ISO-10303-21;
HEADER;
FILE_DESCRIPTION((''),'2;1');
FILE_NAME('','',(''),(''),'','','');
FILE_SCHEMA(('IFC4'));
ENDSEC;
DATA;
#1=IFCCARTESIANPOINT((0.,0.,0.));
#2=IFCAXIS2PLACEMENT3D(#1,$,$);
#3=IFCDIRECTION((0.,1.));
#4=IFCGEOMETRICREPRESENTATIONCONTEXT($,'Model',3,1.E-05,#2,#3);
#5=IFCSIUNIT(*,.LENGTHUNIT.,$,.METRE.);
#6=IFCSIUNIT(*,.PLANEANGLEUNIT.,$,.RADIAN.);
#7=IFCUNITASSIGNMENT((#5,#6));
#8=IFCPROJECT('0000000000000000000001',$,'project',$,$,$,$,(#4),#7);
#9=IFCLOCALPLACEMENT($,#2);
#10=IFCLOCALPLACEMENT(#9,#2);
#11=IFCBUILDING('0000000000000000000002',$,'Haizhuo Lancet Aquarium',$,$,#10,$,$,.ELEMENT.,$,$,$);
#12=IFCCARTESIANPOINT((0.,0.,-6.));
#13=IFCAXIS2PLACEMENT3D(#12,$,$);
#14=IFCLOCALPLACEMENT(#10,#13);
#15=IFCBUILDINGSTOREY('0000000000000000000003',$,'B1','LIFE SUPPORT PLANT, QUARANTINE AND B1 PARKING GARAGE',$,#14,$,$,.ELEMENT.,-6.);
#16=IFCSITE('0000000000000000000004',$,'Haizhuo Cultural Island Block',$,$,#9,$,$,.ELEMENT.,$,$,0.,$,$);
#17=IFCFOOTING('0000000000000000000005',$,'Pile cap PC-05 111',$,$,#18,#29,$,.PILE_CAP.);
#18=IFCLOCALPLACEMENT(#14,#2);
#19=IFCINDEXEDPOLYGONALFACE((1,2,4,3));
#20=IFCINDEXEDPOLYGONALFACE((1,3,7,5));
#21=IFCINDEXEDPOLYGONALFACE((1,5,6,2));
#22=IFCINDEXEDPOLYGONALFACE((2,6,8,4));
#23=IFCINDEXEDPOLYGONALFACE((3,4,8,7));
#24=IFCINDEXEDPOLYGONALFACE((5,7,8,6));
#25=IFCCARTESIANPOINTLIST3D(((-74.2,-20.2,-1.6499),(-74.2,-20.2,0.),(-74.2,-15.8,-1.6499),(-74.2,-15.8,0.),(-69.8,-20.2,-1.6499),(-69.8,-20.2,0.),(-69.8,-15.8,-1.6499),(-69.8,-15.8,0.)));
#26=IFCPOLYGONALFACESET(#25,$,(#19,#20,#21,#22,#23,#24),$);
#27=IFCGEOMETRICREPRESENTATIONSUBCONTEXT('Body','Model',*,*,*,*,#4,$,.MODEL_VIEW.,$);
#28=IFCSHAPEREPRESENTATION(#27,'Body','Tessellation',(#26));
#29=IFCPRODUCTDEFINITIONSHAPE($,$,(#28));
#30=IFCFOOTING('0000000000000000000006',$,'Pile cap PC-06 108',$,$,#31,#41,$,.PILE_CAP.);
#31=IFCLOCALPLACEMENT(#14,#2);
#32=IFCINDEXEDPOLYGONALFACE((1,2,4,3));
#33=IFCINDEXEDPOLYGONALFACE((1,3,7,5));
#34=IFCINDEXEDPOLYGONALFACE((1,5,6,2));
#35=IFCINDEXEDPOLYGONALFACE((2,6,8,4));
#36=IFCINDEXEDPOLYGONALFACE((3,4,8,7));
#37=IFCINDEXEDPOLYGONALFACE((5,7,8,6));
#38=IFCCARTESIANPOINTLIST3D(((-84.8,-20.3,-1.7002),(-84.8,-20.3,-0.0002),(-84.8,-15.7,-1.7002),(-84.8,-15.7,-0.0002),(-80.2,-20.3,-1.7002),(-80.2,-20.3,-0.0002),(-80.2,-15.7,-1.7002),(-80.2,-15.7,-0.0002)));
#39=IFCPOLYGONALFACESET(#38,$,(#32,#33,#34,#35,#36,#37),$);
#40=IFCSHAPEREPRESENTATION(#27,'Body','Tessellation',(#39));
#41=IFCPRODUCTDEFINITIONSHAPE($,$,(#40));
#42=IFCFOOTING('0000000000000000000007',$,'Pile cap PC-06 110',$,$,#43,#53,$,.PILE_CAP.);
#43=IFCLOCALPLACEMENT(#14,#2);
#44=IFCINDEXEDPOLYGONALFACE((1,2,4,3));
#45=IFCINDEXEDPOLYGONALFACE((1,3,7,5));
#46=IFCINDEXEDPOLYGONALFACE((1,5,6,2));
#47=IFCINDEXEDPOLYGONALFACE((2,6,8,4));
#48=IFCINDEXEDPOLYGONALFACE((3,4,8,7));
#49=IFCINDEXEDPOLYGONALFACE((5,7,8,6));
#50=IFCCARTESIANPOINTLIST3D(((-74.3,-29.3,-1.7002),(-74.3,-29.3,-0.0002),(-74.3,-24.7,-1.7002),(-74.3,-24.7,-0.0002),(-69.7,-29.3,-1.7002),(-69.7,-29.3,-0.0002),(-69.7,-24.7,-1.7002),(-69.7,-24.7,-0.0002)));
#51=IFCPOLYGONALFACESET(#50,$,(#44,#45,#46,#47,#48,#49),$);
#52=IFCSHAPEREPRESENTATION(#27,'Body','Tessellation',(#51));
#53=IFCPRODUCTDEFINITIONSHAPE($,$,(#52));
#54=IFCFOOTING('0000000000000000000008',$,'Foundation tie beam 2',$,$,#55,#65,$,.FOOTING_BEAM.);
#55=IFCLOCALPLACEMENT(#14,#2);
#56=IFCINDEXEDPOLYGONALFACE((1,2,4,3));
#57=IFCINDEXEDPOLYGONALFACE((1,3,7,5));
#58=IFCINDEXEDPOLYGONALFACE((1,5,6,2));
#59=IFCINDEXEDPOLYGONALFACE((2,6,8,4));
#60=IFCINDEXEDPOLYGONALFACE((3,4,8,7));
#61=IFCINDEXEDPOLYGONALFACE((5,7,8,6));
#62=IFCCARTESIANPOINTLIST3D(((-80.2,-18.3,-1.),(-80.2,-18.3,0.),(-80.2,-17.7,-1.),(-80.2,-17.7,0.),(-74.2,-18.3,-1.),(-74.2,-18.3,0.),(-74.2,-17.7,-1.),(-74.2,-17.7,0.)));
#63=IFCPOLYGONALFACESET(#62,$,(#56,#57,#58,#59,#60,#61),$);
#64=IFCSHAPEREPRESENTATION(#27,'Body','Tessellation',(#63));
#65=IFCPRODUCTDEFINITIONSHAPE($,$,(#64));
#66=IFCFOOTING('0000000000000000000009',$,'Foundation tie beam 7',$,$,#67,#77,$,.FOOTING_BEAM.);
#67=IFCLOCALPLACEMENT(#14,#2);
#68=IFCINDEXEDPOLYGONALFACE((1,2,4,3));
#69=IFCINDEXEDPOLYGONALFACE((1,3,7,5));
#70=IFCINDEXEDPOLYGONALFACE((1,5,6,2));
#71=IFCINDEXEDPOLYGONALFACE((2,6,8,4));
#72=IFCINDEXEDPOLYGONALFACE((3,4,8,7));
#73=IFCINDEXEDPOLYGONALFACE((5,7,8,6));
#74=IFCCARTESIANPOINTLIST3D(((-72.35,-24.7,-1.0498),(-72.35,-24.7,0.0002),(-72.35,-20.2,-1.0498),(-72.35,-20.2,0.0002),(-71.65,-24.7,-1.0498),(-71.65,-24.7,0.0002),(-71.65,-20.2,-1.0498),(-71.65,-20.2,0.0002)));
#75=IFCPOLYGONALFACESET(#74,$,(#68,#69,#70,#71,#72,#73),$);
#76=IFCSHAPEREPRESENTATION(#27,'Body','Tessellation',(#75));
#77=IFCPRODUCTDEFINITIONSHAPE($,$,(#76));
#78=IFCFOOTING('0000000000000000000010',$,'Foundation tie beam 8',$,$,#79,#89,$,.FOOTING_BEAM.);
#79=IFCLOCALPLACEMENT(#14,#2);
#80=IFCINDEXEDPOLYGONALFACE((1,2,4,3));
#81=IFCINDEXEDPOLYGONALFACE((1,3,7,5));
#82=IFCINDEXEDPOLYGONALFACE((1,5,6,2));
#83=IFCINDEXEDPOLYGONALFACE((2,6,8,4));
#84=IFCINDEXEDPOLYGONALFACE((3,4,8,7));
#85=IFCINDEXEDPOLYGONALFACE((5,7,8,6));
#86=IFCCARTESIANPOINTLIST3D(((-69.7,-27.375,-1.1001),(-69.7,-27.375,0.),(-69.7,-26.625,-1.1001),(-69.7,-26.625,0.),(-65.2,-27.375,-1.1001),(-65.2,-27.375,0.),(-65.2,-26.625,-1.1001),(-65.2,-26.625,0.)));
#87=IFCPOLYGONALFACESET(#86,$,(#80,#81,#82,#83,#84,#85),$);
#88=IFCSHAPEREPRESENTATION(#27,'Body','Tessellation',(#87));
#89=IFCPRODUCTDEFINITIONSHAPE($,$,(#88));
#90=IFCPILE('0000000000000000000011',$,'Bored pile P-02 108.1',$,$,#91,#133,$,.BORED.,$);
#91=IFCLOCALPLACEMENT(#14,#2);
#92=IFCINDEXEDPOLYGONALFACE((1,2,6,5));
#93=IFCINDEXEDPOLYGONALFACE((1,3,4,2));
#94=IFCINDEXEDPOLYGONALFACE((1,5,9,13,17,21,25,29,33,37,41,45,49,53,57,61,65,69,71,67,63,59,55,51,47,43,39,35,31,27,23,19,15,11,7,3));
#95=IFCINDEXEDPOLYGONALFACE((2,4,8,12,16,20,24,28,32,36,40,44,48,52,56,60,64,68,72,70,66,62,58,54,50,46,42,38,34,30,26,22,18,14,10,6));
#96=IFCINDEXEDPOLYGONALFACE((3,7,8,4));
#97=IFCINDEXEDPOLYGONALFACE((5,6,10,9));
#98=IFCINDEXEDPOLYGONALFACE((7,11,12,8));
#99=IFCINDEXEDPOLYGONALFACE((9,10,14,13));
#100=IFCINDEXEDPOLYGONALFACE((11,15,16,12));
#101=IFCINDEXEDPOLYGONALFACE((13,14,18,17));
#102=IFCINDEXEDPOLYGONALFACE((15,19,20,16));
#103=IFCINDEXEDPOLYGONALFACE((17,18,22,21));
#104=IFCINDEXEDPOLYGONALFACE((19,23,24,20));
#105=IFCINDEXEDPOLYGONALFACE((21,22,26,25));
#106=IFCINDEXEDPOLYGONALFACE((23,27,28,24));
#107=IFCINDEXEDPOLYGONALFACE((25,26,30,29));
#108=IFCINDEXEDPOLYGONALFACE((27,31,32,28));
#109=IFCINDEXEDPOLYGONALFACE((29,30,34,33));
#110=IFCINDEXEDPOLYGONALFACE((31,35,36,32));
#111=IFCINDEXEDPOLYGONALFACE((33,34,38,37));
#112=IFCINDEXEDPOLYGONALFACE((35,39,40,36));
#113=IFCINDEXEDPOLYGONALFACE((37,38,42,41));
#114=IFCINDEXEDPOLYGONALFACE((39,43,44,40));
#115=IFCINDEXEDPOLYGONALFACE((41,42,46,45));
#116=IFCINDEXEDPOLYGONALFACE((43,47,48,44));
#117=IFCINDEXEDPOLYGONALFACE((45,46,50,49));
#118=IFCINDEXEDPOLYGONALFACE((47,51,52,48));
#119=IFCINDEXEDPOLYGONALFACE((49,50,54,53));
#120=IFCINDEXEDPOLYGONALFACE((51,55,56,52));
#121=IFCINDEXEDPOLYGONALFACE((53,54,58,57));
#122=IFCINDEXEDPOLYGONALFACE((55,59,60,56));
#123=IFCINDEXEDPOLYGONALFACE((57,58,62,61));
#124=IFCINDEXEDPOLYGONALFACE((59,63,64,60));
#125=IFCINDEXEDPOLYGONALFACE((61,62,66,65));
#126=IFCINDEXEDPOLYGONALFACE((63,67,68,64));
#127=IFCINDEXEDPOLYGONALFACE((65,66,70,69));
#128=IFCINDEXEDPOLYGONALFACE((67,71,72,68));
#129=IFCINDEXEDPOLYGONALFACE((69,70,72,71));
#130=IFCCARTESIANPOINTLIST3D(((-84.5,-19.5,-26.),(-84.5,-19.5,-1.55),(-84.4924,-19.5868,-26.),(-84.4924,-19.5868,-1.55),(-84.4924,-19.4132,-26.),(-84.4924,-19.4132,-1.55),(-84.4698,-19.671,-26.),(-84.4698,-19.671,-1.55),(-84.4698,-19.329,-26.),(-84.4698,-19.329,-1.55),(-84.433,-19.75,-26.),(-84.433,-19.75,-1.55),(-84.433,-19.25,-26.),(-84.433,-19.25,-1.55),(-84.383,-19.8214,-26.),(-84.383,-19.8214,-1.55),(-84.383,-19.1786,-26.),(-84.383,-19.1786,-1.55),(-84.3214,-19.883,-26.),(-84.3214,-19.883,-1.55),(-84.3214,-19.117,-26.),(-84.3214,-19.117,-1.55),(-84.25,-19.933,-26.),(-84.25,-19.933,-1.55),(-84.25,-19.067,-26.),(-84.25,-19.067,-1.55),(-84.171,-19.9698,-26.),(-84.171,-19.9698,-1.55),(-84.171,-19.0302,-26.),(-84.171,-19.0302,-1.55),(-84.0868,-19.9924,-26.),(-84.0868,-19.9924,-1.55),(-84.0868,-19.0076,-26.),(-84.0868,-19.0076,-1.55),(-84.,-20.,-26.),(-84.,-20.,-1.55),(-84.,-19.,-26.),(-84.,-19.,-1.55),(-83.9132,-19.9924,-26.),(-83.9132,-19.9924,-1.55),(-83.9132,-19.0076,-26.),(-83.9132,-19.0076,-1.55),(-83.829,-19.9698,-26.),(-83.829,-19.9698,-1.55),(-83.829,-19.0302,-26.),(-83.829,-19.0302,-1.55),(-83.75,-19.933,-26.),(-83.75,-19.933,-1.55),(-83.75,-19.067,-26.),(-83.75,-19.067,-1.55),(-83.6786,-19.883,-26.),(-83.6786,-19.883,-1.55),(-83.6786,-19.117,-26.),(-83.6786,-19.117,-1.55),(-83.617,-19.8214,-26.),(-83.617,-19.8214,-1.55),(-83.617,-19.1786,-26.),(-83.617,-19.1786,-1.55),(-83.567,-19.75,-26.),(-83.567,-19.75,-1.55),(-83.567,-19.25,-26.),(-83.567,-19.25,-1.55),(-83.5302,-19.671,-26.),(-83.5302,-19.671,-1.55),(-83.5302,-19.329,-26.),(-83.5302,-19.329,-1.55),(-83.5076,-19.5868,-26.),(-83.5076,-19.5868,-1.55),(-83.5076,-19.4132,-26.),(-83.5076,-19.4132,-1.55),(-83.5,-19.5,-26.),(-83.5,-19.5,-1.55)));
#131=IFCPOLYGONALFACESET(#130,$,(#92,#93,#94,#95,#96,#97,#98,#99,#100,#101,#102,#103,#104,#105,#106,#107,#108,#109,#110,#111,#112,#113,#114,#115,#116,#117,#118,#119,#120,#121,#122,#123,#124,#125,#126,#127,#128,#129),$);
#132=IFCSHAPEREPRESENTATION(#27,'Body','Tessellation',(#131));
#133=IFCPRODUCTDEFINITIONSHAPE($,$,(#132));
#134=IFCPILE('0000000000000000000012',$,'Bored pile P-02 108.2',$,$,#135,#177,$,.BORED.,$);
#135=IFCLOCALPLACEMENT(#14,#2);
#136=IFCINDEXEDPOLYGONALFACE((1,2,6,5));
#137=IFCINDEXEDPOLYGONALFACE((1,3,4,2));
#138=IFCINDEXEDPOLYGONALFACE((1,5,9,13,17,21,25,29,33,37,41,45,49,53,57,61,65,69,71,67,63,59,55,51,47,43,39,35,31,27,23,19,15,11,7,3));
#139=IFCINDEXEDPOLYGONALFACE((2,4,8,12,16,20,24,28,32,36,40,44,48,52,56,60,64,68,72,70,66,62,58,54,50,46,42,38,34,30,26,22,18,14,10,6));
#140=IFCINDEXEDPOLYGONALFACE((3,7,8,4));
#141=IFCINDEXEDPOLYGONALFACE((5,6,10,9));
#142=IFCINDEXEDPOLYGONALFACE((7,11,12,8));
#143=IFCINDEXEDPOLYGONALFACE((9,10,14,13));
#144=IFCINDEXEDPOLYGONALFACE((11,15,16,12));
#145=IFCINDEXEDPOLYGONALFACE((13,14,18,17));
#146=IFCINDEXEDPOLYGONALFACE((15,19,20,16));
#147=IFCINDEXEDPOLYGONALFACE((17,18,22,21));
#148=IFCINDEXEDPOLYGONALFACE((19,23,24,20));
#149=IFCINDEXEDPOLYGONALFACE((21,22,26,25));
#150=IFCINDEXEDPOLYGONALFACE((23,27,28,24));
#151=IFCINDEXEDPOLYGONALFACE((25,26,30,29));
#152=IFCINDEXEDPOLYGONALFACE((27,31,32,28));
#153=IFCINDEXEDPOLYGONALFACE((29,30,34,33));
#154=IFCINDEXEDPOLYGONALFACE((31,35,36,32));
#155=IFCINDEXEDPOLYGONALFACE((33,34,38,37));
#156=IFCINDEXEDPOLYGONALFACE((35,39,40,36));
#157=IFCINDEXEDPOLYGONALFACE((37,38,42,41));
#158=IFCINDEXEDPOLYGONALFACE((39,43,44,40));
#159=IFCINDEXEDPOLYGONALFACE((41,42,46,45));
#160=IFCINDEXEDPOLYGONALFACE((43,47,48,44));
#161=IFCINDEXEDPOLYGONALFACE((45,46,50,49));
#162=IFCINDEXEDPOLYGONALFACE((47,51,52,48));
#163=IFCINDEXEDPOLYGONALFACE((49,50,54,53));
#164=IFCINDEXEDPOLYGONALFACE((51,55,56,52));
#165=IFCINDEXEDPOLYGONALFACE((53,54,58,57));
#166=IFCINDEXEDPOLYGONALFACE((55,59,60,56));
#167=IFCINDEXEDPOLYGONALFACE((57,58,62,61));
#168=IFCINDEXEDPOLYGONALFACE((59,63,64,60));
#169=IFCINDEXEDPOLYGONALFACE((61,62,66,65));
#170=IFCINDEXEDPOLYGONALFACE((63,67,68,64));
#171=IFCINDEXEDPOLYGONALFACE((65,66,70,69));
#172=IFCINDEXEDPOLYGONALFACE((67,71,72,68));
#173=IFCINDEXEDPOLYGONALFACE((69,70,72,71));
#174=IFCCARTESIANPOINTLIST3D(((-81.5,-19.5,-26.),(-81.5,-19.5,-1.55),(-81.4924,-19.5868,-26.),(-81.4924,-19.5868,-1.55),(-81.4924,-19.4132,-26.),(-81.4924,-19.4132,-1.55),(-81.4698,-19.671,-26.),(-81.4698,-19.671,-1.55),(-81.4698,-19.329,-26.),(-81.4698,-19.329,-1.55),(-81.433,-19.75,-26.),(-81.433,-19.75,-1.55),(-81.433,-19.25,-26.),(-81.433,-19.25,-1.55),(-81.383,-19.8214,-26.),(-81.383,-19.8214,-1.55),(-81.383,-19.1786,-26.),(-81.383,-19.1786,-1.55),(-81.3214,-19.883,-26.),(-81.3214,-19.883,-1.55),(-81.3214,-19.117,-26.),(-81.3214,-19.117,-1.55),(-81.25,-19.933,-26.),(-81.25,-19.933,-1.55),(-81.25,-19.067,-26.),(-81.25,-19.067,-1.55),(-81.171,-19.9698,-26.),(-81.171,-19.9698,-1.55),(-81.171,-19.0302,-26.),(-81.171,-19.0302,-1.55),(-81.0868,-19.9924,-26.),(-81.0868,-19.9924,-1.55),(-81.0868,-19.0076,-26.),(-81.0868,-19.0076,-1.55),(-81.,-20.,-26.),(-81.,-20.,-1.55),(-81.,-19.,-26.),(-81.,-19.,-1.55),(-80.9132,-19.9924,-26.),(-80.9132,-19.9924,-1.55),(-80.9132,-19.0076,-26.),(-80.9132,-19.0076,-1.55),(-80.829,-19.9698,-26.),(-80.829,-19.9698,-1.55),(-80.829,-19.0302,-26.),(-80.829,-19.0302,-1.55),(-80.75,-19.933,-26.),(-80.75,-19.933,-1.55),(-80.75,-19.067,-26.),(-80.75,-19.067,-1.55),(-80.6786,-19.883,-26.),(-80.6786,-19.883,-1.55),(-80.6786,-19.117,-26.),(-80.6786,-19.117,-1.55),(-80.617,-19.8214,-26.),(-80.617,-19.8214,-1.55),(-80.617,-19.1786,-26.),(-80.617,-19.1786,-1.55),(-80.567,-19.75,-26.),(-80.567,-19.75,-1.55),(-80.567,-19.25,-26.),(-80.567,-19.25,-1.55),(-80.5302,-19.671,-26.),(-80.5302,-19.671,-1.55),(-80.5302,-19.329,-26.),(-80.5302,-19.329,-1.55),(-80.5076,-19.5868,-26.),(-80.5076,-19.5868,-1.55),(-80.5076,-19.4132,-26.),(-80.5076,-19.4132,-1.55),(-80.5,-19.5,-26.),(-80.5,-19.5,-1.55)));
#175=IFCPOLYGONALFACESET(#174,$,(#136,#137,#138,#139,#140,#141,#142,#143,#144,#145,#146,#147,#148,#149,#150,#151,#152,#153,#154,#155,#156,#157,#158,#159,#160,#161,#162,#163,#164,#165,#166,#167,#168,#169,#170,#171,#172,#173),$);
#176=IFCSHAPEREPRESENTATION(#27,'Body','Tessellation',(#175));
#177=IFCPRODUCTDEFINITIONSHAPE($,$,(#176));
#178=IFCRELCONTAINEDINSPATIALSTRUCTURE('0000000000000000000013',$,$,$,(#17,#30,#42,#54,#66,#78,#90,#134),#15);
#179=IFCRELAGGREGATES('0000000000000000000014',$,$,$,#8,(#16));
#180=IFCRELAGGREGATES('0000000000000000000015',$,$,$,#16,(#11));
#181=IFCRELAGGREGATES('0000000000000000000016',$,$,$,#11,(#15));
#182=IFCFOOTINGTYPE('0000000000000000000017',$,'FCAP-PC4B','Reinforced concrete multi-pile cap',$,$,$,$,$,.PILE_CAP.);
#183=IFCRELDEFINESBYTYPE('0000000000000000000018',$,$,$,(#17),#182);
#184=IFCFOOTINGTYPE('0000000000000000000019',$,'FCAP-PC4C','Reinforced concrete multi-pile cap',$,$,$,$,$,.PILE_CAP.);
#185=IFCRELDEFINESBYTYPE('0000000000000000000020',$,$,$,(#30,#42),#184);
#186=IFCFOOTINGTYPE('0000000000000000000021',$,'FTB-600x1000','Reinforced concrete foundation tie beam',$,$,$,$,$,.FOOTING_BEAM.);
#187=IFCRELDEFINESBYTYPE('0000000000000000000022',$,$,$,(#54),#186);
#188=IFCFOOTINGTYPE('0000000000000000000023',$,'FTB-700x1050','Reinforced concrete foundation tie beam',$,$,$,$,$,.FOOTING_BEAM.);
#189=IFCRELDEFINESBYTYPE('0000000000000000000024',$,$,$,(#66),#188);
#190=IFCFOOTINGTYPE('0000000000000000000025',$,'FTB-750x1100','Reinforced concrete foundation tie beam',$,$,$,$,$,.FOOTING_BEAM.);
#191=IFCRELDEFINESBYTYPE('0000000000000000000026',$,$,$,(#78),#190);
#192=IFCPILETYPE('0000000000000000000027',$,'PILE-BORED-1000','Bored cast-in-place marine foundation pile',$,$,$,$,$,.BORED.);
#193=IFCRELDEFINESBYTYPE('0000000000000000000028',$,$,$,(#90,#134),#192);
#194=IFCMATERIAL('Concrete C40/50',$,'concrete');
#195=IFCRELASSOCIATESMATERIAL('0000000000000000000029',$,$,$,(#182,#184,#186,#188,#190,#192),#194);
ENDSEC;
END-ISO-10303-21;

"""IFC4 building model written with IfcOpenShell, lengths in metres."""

from ifc_helpers import new_model, si_unit, direction, frame, origin, origin_2d, place, context, subcontext, project, spatial, rectangle, circle, extrude, material, material_profile, profile_set, type_object, element, save


model = new_model("IFC4")

# Units and contexts
model_context = context("Model", 3, precision=1e-05, world=origin(), true_north=direction((0.0, 1.0)))
body_context = subcontext(model_context, "Body", "Model", "MODEL_VIEW")
ifc_project = project(units=[si_unit("LENGTHUNIT", "METRE"), si_unit("PLANEANGLEUNIT", "RADIAN")], contexts=[model_context])

# Site, building, storey
site_placement = place(None, origin())
site = spatial("IfcSite", under=ifc_project, at=site_placement, Name="Haizhuo Cultural Island Block", CompositionType="ELEMENT", RefElevation=0.0)
building_placement = place(site_placement, origin())
building = spatial("IfcBuilding", under=site, at=building_placement, Name="Haizhuo Lancet Aquarium", CompositionType="ELEMENT")
storey_placement = place(building_placement, frame((0.0, 0.0, -6.0)))
storey = spatial("IfcBuildingStorey", under=building, at=storey_placement, Name="B1", Description="LIFE SUPPORT PLANT, QUARANTINE AND B1 PARKING GARAGE", CompositionType="ELEMENT", Elevation=-6.0)

# Footings
ifc_material_1 = material(Name="Concrete C40/50", Category="concrete")
footing_type_1 = type_object("IfcFootingType", Name="FCAP-PC4B", Description="Reinforced concrete multi-pile cap", PredefinedType="PILE_CAP", material=ifc_material_1)
footing_1_placement = place(storey_placement, frame((-72.0, -18.0, -1.6499), z_axis=(0.0, 0.0, 1.0), x_axis=(1.0, 0.0, 0.0)))
element("IfcFooting", 1, at=footing_1_placement, inside=storey, type_object=footing_type_1, Name="Pile cap PC-05 111", PredefinedType="PILE_CAP", context=body_context, shape_type="SweptSolid", body=[
    extrude(rectangle(XDim=4.3999, YDim=4.3999, at=origin_2d()), origin(), (0.0, 0.0, 1.0), 1.6499),
])
footing_type_2 = type_object("IfcFootingType", Name="FCAP-PC4C", Description="Reinforced concrete multi-pile cap", PredefinedType="PILE_CAP", material=ifc_material_1)
for number, where, z_axis, x_axis, name in (
    (2, (-82.5, -18.0, -1.7002), (0.0, 0.0, 1.0), (1.0, 0.0, 0.0), "Pile cap PC-06 108"),
    (3, (-72.0, -27.0, -1.7002), (0.0, 0.0, 1.0), (1.0, 0.0, 0.0), "Pile cap PC-06 110"),
):
    element("IfcFooting", number, at=place(storey_placement, frame(where, z_axis=z_axis, x_axis=x_axis)), inside=storey, type_object=footing_type_2, Name=name, PredefinedType="PILE_CAP", context=body_context, shape_type="SweptSolid", body=[
        extrude(rectangle(XDim=4.6001, YDim=4.6001, at=origin_2d()), origin(), (0.0, 0.0, 1.0), 1.7),
    ])
footing_type_3 = type_object("IfcFootingType", Name="FTB-600x1000", Description="Reinforced concrete foundation tie beam", PredefinedType="FOOTING_BEAM", material=ifc_material_1)
footing_2_placement = place(storey_placement, frame((-77.2, -18.0, -1.0), z_axis=(0.0, 0.0, 1.0), x_axis=(1.0, 0.0, 0.0)))
element("IfcFooting", 4, at=footing_2_placement, inside=storey, type_object=footing_type_3, Name="Foundation tie beam 2", PredefinedType="FOOTING_BEAM", context=body_context, shape_type="SweptSolid", body=[
    extrude(rectangle(XDim=6.0, YDim=0.6001, at=origin_2d()), origin(), (0.0, 0.0, 1.0), 1.0),
])
footing_type_4 = type_object("IfcFootingType", Name="FTB-700x1050", Description="Reinforced concrete foundation tie beam", PredefinedType="FOOTING_BEAM", material=ifc_material_1)
footing_3_placement = place(storey_placement, frame((-72.0, -22.45, -1.0498), z_axis=(0.0, 0.0, 1.0), x_axis=(0.0, 1.0, 0.0)))
element("IfcFooting", 5, at=footing_3_placement, inside=storey, type_object=footing_type_4, Name="Foundation tie beam 7", PredefinedType="FOOTING_BEAM", context=body_context, shape_type="SweptSolid", body=[
    extrude(rectangle(XDim=4.5, YDim=0.7, at=origin_2d()), origin(), (0.0, 0.0, 1.0), 1.05),
])
footing_type_5 = type_object("IfcFootingType", Name="FTB-750x1100", Description="Reinforced concrete foundation tie beam", PredefinedType="FOOTING_BEAM", material=ifc_material_1)
footing_4_placement = place(storey_placement, frame((-67.45, -27.0, -1.1001), z_axis=(0.0, 0.0, 1.0), x_axis=(1.0, 0.0, 0.0)))
element("IfcFooting", 6, at=footing_4_placement, inside=storey, type_object=footing_type_5, Name="Foundation tie beam 8", PredefinedType="FOOTING_BEAM", context=body_context, shape_type="SweptSolid", body=[
    extrude(rectangle(XDim=4.5, YDim=0.75, at=origin_2d()), origin(), (0.0, 0.0, 1.0), 1.1001),
])

# Piles
ifc_material_profile_1 = material_profile(ifc_material_1, circle(Radius=0.5, at=origin_2d()), Name="PILE-1000")
ifc_profile_set_1 = profile_set([ifc_material_profile_1], Name="Concrete C40/50")
pile_type = type_object("IfcPileType", Name="PILE-BORED-1000", Description="Bored cast-in-place marine foundation pile", PredefinedType="BORED", material=ifc_profile_set_1)
for number, where, z_axis, x_axis, name in (
    (7, (-84.0, -19.5, -1.55), (0.0, 0.0, -1.0), (1.0, 0.0, 0.0), "Bored pile P-02 108.1"),
    (8, (-81.0, -19.5, -1.55), (0.0, 0.0, -1.0), (1.0, 0.0, 0.0), "Bored pile P-02 108.2"),
):
    element("IfcPile", number, at=place(storey_placement, frame(where, z_axis=z_axis, x_axis=x_axis)), inside=storey, type_object=pile_type, Name=name, PredefinedType="BORED", context=body_context, shape_type="SweptSolid", body=[
        extrude(circle(Radius=0.5, at=origin_2d()), origin(), (0.0, 0.0, 1.0), 24.45),
    ])

save(model, "model.ifc")
